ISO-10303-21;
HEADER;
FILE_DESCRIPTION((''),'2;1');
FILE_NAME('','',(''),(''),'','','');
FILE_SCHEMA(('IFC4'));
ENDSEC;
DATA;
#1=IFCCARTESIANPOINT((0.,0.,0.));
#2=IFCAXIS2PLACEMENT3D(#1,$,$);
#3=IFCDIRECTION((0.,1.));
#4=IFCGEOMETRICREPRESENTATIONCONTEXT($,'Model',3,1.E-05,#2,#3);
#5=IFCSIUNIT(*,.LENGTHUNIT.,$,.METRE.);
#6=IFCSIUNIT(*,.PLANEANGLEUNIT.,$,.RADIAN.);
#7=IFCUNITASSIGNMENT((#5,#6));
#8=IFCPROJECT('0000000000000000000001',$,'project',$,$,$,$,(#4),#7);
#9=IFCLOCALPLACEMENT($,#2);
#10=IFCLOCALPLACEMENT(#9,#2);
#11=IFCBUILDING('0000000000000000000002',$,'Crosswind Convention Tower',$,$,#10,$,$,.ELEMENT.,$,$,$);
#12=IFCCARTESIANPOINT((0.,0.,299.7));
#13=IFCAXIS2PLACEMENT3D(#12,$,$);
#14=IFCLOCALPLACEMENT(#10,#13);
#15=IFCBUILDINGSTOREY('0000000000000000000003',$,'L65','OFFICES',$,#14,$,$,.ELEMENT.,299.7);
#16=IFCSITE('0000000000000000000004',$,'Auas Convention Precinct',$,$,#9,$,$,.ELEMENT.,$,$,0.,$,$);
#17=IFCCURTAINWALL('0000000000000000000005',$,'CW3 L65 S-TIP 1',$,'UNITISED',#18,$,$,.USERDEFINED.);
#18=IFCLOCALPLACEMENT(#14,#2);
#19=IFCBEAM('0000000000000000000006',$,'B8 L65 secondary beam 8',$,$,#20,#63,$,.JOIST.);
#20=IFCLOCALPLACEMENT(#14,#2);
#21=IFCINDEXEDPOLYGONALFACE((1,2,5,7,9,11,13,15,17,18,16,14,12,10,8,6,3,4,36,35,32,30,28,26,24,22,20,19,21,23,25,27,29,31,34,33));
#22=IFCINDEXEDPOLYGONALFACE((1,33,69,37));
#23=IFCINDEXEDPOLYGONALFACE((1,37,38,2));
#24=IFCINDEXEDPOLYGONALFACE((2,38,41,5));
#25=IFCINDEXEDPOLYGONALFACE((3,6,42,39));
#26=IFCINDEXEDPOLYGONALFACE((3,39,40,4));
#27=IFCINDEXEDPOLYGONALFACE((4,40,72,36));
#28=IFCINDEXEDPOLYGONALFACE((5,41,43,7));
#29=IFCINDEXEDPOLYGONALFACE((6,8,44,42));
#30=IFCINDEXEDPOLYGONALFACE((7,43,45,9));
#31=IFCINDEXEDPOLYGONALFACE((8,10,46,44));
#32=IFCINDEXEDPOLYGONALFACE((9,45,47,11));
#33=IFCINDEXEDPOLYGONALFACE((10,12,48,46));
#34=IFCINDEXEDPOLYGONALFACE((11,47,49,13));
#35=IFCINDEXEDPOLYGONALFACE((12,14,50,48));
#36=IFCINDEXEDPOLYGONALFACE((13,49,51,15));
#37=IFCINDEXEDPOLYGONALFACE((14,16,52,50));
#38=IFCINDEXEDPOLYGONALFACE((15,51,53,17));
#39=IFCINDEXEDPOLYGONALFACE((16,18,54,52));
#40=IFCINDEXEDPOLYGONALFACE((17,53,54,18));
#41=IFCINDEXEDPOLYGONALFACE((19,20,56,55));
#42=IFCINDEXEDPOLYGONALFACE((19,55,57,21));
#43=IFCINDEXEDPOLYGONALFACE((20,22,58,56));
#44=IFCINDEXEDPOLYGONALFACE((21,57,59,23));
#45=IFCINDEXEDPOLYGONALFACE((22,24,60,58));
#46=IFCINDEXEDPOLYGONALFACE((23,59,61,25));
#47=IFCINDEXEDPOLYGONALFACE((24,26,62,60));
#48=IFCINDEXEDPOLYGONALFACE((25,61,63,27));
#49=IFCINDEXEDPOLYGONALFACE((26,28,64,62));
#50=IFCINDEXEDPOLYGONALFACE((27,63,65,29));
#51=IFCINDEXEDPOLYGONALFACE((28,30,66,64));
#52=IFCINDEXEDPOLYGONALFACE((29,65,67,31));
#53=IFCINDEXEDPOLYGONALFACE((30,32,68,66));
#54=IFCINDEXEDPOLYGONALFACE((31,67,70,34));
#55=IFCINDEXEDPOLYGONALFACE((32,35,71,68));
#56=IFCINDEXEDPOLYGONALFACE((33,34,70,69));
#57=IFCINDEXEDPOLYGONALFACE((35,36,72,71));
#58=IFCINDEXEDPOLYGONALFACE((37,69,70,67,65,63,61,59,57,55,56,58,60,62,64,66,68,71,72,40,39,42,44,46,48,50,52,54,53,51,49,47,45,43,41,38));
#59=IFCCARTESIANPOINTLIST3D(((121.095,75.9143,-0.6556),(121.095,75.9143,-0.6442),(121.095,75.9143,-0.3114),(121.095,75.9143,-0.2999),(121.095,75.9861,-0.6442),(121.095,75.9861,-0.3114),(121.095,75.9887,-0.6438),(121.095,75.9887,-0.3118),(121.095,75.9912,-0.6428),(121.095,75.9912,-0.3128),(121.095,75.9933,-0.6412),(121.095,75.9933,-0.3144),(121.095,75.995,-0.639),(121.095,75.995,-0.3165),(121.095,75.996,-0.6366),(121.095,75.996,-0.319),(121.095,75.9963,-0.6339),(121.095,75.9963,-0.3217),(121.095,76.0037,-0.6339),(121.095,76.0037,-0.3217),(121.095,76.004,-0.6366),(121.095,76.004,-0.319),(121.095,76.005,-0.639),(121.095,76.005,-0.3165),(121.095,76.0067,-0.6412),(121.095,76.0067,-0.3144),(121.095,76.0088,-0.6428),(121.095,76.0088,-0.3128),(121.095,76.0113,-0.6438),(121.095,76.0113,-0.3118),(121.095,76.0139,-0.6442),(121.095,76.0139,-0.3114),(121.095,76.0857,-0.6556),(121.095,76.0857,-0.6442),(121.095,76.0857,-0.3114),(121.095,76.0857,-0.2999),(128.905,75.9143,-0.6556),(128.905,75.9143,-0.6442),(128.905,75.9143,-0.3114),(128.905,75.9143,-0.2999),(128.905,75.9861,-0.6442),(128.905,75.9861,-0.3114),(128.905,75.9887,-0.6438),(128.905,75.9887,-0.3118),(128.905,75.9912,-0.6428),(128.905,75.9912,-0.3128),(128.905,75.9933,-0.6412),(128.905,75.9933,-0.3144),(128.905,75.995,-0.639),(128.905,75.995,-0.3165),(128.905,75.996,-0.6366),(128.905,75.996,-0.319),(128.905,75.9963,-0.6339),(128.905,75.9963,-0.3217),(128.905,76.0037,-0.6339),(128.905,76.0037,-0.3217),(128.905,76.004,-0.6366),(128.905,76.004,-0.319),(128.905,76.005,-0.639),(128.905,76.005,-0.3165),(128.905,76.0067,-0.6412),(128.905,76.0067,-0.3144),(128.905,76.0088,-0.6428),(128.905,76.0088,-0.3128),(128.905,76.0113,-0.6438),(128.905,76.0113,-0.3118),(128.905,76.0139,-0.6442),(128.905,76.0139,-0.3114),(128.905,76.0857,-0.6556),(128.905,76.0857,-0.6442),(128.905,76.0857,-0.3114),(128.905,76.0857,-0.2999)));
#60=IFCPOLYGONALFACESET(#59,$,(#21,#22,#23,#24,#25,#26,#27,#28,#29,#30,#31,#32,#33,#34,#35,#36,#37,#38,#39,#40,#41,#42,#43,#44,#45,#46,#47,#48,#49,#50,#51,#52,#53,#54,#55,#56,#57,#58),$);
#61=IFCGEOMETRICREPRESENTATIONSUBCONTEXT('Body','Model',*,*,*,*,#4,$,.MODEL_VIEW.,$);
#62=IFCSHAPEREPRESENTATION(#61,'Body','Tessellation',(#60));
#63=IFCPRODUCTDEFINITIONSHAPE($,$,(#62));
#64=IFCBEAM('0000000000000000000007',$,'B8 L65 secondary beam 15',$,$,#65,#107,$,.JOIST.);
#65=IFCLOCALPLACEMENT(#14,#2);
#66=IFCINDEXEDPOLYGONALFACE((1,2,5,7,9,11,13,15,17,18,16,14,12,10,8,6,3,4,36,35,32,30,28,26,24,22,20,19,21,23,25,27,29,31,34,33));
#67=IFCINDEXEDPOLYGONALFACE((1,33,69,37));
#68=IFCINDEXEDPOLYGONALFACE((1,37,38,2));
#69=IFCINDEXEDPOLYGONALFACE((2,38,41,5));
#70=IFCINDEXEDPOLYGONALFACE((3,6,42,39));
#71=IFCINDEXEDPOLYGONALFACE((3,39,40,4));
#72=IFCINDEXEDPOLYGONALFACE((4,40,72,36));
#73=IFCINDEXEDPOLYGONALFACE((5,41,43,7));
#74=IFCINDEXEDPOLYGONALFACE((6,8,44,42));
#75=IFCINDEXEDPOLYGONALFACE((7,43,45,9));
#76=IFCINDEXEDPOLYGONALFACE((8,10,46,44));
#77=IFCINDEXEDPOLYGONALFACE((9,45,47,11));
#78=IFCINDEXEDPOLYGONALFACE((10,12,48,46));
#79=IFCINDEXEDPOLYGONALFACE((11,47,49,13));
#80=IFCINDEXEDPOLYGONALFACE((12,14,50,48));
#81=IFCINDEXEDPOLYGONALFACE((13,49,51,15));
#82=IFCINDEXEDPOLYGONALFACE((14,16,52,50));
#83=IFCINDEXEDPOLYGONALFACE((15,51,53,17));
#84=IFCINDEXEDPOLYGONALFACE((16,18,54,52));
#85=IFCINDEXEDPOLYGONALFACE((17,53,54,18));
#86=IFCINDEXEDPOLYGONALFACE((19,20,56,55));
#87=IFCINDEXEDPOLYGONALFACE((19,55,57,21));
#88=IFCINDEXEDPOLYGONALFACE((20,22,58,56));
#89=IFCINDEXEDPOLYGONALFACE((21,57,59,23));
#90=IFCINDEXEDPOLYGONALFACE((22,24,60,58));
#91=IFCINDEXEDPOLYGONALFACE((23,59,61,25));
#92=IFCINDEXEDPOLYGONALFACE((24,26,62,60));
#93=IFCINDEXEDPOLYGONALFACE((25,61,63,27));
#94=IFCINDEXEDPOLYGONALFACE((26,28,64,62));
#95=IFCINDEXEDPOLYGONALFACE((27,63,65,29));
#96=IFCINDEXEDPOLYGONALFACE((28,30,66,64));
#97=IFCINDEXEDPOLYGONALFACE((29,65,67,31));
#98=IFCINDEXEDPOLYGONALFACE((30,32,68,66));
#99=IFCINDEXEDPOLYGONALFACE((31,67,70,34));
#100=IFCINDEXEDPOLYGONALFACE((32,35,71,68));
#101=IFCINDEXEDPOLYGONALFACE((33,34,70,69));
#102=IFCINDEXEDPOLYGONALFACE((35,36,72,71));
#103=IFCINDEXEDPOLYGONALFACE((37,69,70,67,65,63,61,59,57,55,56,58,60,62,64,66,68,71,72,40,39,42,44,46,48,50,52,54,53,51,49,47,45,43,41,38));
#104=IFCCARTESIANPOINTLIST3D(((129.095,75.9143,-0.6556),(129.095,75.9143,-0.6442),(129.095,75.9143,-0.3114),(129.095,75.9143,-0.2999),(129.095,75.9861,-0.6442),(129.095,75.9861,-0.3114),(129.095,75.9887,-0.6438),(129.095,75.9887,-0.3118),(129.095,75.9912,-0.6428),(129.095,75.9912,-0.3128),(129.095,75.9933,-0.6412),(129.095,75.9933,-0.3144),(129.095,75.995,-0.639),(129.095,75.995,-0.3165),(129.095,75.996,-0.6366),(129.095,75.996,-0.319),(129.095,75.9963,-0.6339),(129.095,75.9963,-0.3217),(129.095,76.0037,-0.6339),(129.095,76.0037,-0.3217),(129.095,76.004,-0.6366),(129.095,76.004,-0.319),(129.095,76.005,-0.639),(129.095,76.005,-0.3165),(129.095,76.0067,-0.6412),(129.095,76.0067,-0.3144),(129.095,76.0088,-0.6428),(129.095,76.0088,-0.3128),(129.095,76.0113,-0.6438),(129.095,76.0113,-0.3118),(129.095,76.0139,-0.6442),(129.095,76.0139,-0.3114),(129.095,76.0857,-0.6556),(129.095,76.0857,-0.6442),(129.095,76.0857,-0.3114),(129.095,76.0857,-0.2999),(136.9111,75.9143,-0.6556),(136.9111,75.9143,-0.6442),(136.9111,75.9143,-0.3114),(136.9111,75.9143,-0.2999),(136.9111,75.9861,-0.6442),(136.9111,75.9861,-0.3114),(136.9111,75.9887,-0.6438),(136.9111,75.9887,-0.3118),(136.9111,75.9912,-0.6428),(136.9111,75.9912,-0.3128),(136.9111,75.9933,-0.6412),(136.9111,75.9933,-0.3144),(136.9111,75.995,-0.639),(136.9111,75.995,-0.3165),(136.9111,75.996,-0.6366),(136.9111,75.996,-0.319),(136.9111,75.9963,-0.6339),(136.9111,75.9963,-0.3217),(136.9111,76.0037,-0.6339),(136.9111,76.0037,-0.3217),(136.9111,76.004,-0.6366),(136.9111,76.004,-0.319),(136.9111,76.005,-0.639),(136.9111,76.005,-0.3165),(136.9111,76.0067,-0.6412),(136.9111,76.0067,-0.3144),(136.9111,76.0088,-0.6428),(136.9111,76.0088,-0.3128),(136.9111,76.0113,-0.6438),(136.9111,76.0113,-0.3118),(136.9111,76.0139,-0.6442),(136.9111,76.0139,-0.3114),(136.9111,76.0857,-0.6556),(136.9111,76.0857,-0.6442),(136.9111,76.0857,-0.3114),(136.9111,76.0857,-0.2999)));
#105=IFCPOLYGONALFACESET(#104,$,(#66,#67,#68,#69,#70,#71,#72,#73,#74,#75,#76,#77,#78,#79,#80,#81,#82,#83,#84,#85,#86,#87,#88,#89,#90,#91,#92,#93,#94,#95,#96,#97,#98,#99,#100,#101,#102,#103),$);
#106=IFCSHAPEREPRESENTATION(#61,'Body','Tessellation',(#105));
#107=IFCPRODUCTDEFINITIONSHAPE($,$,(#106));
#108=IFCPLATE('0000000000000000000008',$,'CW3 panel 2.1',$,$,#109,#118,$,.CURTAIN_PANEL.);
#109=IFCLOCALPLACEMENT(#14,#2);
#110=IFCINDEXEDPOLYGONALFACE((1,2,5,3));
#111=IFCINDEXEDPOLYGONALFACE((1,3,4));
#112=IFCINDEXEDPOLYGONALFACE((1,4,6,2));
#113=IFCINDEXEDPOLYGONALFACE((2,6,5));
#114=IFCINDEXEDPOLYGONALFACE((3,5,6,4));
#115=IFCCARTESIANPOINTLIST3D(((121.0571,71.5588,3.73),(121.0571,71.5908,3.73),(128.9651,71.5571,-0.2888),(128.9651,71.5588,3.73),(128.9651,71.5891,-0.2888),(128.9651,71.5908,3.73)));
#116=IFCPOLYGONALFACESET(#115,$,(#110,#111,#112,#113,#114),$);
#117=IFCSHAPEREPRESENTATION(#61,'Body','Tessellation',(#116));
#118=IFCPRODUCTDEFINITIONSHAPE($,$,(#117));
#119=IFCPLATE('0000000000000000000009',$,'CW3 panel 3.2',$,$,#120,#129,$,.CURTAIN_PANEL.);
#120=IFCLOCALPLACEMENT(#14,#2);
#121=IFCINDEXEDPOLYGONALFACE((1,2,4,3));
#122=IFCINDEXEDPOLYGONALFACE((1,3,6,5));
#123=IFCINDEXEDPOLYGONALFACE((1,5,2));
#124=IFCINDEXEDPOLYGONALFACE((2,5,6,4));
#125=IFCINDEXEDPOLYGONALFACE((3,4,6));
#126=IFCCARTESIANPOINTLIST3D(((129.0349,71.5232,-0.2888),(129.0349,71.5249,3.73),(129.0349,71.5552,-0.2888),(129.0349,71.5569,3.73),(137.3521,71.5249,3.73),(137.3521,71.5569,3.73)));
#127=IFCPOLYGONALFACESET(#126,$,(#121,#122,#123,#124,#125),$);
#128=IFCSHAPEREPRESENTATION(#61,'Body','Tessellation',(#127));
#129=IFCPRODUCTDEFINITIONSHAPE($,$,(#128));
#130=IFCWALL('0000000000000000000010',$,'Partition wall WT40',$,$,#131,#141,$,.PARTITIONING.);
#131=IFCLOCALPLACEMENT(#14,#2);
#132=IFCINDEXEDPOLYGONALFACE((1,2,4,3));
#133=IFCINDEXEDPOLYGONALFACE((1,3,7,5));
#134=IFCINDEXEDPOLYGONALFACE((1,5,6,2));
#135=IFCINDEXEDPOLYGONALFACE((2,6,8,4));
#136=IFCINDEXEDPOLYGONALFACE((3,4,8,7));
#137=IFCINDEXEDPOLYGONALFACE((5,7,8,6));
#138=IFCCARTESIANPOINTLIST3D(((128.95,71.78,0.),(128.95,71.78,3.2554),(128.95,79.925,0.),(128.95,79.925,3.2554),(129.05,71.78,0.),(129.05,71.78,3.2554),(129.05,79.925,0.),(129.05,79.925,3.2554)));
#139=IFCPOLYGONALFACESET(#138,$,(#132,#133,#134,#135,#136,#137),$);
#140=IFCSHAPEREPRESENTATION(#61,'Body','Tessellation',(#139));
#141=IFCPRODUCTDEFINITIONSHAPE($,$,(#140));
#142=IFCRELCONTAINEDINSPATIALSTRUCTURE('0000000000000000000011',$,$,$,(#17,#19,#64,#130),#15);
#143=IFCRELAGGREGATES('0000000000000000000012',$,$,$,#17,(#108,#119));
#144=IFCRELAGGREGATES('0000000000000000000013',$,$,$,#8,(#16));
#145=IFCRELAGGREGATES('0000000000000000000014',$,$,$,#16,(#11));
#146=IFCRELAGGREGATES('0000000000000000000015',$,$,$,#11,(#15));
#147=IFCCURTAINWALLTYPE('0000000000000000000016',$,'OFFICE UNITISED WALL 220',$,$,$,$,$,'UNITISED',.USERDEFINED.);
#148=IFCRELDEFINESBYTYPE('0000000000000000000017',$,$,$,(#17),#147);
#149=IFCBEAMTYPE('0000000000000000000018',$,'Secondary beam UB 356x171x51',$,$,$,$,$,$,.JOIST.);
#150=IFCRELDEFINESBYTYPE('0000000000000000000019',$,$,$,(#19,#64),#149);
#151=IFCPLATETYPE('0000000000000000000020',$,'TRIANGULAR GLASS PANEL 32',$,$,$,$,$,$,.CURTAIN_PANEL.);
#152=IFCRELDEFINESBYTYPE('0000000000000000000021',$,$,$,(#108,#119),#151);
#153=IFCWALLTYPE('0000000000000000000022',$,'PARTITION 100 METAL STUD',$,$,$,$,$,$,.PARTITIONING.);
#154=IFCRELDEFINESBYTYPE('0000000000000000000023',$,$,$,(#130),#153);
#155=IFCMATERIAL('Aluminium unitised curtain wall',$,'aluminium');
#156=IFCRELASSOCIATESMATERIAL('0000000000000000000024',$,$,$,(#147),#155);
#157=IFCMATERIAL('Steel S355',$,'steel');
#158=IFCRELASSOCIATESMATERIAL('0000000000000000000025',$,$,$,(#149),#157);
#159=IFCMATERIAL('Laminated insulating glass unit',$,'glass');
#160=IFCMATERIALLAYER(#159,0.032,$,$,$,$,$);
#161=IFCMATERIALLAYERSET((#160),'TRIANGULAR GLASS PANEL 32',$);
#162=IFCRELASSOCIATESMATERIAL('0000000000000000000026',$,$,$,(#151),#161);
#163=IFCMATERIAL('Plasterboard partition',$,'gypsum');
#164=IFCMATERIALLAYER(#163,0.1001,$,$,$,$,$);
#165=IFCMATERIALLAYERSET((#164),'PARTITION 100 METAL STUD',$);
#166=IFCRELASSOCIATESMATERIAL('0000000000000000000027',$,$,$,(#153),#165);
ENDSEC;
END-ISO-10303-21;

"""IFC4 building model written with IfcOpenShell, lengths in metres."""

from ifc_helpers import new_model, si_unit, direction, frame, frame_2d, origin, origin_2d, place, context, subcontext, project, spatial, polyline, rectangle, i_section, outline, extrude, material, layer, layer_set, material_profile, profile_set, type_object, element, aggregate, save


model = new_model("IFC4")

# Units and contexts
model_context = context("Model", 3, precision=1e-05, world=origin(), true_north=direction((0.0, 1.0)))
body_context = subcontext(model_context, "Body", "Model", "MODEL_VIEW")
ifc_project = project(units=[si_unit("LENGTHUNIT", "METRE"), si_unit("PLANEANGLEUNIT", "RADIAN")], contexts=[model_context])

# Site, building, storey
site_placement = place(None, origin())
site = spatial("IfcSite", under=ifc_project, at=site_placement, Name="Auas Convention Precinct", CompositionType="ELEMENT", RefElevation=0.0)
building_placement = place(site_placement, origin())
building = spatial("IfcBuilding", under=site, at=building_placement, Name="Crosswind Convention Tower", CompositionType="ELEMENT")
storey_placement = place(building_placement, frame((0.0, 0.0, 299.7)))
storey = spatial("IfcBuildingStorey", under=building, at=storey_placement, Name="L65", Description="OFFICES", CompositionType="ELEMENT", Elevation=299.7)

# Shared definitions
ifc_material_1 = material(Name="Steel S355", Category="steel")

# Curtain wall
ifc_material_2 = material(Name="Aluminium unitised curtain wall", Category="aluminium")
curtain_wall_type = type_object("IfcCurtainWallType", Name="OFFICE UNITISED WALL 220", ElementType="UNITISED", PredefinedType="USERDEFINED", material=ifc_material_2)
curtain_wall_placement = place(storey_placement, origin())
curtain_wall = element("IfcCurtainWall", 1, at=curtain_wall_placement, inside=storey, type_object=curtain_wall_type, Name="CW3 L65 S-TIP 1", ObjectType="UNITISED", PredefinedType="USERDEFINED")

# Beams
ifc_material_profile_1 = material_profile(ifc_material_1, i_section(OverallWidth=0.1714, OverallDepth=0.3557, WebThickness=0.0073, FlangeThickness=0.0115, FilletRadius=0.0103, at=origin_2d()), Name="UB 356x171x51")
ifc_profile_set_1 = profile_set([ifc_material_profile_1], Name="Steel S355")
beam_type_1 = type_object("IfcBeamType", Name="Secondary beam UB 356x171x51", PredefinedType="JOIST", material=ifc_profile_set_1)
beam_1_placement = place(storey_placement, frame((121.095, 76.0, -0.4778), z_axis=(1.0, 0.0, 0.0), x_axis=(0.0, 1.0, 0.0)))
element("IfcBeam", 2, at=beam_1_placement, inside=storey, type_object=beam_type_1, Name="B8 L65 secondary beam 8", PredefinedType="JOIST", context=body_context, shape_type="SweptSolid", body=[
    extrude(i_section(OverallWidth=0.1714, OverallDepth=0.3557, WebThickness=0.0073, FlangeThickness=0.0115, FilletRadius=0.0103, at=origin_2d()), origin(), (0.0, 0.0, 1.0), 7.8101),
])
beam_2_placement = place(storey_placement, frame((129.095, 76.0, -0.4778), z_axis=(1.0, 0.0, 0.0), x_axis=(0.0, 1.0, 0.0)))
element("IfcBeam", 3, at=beam_2_placement, inside=storey, type_object=beam_type_1, Name="B8 L65 secondary beam 15", PredefinedType="JOIST", context=body_context, shape_type="SweptSolid", body=[
    extrude(i_section(OverallWidth=0.1714, OverallDepth=0.3557, WebThickness=0.0073, FlangeThickness=0.0115, FilletRadius=0.0103, at=origin_2d()), origin(), (0.0, 0.0, 1.0), 7.8162),
])

# Plates
ifc_material_3 = material(Name="Laminated insulating glass unit", Category="glass")
ifc_layer_1 = layer(ifc_material_3, 0.032)
ifc_layer_set_1 = layer_set([ifc_layer_1], Name="TRIANGULAR GLASS PANEL 32")
plate_type = type_object("IfcPlateType", Name="TRIANGULAR GLASS PANEL 32", PredefinedType="CURTAIN_PANEL", material=ifc_layer_set_1)
plate_1_placement = place(storey_placement, frame((128.9651, 71.5588, 3.73), z_axis=(0.0, -1.0, 0.000425), x_axis=(-1.0, 0.0, 0.0)))
plate_1 = element("IfcPlate", 4, at=plate_1_placement, type_object=plate_type, Name="CW3 panel 2.1", PredefinedType="CURTAIN_PANEL", context=body_context, shape_type="SweptSolid", body=[
    extrude(outline(polyline([(0.0, 0.0), (7.908, 0.0), (0.0, 4.0188), (0.0, 0.0)])), origin(), (0.0, 0.0, -1.0), 0.032),
])
plate_2_placement = place(storey_placement, frame((129.0349, 71.5249, 3.73), z_axis=(0.0, -1.0, 0.000425), x_axis=(0.0, -0.000425, -1.0)))
plate_2 = element("IfcPlate", 5, at=plate_2_placement, type_object=plate_type, Name="CW3 panel 3.2", PredefinedType="CURTAIN_PANEL", context=body_context, shape_type="SweptSolid", body=[
    extrude(outline(polyline([(0.0, 0.0), (4.0188, 0.0), (0.0, 8.3171), (0.0, 0.0)])), origin(), (0.0, 0.0, -1.0), 0.032),
])
aggregate(curtain_wall, [plate_1, plate_2])

# Wall
ifc_material_4 = material(Name="Plasterboard partition", Category="gypsum")
ifc_layer_2 = layer(ifc_material_4, 0.1001)
ifc_layer_set_2 = layer_set([ifc_layer_2], Name="PARTITION 100 METAL STUD")
wall_type_1 = type_object("IfcWallType", Name="PARTITION 100 METAL STUD", PredefinedType="PARTITIONING", material=ifc_layer_set_2)
wall_1_placement = place(storey_placement, frame((129.0, 71.78, 0.0), z_axis=(0.0, 0.0, 1.0), x_axis=(0.0, 1.0, 0.0)))
element("IfcWall", 6, at=wall_1_placement, inside=storey, type_object=wall_type_1, Name="Partition wall WT40", PredefinedType="PARTITIONING", context=body_context, shape_type="SweptSolid", body=[
    extrude(rectangle(XDim=8.145, YDim=0.1001, at=frame_2d((4.0725, 0.0))), origin(), (0.0, 0.0, 1.0), 3.2554),
])

save(model, "model.ifc")
